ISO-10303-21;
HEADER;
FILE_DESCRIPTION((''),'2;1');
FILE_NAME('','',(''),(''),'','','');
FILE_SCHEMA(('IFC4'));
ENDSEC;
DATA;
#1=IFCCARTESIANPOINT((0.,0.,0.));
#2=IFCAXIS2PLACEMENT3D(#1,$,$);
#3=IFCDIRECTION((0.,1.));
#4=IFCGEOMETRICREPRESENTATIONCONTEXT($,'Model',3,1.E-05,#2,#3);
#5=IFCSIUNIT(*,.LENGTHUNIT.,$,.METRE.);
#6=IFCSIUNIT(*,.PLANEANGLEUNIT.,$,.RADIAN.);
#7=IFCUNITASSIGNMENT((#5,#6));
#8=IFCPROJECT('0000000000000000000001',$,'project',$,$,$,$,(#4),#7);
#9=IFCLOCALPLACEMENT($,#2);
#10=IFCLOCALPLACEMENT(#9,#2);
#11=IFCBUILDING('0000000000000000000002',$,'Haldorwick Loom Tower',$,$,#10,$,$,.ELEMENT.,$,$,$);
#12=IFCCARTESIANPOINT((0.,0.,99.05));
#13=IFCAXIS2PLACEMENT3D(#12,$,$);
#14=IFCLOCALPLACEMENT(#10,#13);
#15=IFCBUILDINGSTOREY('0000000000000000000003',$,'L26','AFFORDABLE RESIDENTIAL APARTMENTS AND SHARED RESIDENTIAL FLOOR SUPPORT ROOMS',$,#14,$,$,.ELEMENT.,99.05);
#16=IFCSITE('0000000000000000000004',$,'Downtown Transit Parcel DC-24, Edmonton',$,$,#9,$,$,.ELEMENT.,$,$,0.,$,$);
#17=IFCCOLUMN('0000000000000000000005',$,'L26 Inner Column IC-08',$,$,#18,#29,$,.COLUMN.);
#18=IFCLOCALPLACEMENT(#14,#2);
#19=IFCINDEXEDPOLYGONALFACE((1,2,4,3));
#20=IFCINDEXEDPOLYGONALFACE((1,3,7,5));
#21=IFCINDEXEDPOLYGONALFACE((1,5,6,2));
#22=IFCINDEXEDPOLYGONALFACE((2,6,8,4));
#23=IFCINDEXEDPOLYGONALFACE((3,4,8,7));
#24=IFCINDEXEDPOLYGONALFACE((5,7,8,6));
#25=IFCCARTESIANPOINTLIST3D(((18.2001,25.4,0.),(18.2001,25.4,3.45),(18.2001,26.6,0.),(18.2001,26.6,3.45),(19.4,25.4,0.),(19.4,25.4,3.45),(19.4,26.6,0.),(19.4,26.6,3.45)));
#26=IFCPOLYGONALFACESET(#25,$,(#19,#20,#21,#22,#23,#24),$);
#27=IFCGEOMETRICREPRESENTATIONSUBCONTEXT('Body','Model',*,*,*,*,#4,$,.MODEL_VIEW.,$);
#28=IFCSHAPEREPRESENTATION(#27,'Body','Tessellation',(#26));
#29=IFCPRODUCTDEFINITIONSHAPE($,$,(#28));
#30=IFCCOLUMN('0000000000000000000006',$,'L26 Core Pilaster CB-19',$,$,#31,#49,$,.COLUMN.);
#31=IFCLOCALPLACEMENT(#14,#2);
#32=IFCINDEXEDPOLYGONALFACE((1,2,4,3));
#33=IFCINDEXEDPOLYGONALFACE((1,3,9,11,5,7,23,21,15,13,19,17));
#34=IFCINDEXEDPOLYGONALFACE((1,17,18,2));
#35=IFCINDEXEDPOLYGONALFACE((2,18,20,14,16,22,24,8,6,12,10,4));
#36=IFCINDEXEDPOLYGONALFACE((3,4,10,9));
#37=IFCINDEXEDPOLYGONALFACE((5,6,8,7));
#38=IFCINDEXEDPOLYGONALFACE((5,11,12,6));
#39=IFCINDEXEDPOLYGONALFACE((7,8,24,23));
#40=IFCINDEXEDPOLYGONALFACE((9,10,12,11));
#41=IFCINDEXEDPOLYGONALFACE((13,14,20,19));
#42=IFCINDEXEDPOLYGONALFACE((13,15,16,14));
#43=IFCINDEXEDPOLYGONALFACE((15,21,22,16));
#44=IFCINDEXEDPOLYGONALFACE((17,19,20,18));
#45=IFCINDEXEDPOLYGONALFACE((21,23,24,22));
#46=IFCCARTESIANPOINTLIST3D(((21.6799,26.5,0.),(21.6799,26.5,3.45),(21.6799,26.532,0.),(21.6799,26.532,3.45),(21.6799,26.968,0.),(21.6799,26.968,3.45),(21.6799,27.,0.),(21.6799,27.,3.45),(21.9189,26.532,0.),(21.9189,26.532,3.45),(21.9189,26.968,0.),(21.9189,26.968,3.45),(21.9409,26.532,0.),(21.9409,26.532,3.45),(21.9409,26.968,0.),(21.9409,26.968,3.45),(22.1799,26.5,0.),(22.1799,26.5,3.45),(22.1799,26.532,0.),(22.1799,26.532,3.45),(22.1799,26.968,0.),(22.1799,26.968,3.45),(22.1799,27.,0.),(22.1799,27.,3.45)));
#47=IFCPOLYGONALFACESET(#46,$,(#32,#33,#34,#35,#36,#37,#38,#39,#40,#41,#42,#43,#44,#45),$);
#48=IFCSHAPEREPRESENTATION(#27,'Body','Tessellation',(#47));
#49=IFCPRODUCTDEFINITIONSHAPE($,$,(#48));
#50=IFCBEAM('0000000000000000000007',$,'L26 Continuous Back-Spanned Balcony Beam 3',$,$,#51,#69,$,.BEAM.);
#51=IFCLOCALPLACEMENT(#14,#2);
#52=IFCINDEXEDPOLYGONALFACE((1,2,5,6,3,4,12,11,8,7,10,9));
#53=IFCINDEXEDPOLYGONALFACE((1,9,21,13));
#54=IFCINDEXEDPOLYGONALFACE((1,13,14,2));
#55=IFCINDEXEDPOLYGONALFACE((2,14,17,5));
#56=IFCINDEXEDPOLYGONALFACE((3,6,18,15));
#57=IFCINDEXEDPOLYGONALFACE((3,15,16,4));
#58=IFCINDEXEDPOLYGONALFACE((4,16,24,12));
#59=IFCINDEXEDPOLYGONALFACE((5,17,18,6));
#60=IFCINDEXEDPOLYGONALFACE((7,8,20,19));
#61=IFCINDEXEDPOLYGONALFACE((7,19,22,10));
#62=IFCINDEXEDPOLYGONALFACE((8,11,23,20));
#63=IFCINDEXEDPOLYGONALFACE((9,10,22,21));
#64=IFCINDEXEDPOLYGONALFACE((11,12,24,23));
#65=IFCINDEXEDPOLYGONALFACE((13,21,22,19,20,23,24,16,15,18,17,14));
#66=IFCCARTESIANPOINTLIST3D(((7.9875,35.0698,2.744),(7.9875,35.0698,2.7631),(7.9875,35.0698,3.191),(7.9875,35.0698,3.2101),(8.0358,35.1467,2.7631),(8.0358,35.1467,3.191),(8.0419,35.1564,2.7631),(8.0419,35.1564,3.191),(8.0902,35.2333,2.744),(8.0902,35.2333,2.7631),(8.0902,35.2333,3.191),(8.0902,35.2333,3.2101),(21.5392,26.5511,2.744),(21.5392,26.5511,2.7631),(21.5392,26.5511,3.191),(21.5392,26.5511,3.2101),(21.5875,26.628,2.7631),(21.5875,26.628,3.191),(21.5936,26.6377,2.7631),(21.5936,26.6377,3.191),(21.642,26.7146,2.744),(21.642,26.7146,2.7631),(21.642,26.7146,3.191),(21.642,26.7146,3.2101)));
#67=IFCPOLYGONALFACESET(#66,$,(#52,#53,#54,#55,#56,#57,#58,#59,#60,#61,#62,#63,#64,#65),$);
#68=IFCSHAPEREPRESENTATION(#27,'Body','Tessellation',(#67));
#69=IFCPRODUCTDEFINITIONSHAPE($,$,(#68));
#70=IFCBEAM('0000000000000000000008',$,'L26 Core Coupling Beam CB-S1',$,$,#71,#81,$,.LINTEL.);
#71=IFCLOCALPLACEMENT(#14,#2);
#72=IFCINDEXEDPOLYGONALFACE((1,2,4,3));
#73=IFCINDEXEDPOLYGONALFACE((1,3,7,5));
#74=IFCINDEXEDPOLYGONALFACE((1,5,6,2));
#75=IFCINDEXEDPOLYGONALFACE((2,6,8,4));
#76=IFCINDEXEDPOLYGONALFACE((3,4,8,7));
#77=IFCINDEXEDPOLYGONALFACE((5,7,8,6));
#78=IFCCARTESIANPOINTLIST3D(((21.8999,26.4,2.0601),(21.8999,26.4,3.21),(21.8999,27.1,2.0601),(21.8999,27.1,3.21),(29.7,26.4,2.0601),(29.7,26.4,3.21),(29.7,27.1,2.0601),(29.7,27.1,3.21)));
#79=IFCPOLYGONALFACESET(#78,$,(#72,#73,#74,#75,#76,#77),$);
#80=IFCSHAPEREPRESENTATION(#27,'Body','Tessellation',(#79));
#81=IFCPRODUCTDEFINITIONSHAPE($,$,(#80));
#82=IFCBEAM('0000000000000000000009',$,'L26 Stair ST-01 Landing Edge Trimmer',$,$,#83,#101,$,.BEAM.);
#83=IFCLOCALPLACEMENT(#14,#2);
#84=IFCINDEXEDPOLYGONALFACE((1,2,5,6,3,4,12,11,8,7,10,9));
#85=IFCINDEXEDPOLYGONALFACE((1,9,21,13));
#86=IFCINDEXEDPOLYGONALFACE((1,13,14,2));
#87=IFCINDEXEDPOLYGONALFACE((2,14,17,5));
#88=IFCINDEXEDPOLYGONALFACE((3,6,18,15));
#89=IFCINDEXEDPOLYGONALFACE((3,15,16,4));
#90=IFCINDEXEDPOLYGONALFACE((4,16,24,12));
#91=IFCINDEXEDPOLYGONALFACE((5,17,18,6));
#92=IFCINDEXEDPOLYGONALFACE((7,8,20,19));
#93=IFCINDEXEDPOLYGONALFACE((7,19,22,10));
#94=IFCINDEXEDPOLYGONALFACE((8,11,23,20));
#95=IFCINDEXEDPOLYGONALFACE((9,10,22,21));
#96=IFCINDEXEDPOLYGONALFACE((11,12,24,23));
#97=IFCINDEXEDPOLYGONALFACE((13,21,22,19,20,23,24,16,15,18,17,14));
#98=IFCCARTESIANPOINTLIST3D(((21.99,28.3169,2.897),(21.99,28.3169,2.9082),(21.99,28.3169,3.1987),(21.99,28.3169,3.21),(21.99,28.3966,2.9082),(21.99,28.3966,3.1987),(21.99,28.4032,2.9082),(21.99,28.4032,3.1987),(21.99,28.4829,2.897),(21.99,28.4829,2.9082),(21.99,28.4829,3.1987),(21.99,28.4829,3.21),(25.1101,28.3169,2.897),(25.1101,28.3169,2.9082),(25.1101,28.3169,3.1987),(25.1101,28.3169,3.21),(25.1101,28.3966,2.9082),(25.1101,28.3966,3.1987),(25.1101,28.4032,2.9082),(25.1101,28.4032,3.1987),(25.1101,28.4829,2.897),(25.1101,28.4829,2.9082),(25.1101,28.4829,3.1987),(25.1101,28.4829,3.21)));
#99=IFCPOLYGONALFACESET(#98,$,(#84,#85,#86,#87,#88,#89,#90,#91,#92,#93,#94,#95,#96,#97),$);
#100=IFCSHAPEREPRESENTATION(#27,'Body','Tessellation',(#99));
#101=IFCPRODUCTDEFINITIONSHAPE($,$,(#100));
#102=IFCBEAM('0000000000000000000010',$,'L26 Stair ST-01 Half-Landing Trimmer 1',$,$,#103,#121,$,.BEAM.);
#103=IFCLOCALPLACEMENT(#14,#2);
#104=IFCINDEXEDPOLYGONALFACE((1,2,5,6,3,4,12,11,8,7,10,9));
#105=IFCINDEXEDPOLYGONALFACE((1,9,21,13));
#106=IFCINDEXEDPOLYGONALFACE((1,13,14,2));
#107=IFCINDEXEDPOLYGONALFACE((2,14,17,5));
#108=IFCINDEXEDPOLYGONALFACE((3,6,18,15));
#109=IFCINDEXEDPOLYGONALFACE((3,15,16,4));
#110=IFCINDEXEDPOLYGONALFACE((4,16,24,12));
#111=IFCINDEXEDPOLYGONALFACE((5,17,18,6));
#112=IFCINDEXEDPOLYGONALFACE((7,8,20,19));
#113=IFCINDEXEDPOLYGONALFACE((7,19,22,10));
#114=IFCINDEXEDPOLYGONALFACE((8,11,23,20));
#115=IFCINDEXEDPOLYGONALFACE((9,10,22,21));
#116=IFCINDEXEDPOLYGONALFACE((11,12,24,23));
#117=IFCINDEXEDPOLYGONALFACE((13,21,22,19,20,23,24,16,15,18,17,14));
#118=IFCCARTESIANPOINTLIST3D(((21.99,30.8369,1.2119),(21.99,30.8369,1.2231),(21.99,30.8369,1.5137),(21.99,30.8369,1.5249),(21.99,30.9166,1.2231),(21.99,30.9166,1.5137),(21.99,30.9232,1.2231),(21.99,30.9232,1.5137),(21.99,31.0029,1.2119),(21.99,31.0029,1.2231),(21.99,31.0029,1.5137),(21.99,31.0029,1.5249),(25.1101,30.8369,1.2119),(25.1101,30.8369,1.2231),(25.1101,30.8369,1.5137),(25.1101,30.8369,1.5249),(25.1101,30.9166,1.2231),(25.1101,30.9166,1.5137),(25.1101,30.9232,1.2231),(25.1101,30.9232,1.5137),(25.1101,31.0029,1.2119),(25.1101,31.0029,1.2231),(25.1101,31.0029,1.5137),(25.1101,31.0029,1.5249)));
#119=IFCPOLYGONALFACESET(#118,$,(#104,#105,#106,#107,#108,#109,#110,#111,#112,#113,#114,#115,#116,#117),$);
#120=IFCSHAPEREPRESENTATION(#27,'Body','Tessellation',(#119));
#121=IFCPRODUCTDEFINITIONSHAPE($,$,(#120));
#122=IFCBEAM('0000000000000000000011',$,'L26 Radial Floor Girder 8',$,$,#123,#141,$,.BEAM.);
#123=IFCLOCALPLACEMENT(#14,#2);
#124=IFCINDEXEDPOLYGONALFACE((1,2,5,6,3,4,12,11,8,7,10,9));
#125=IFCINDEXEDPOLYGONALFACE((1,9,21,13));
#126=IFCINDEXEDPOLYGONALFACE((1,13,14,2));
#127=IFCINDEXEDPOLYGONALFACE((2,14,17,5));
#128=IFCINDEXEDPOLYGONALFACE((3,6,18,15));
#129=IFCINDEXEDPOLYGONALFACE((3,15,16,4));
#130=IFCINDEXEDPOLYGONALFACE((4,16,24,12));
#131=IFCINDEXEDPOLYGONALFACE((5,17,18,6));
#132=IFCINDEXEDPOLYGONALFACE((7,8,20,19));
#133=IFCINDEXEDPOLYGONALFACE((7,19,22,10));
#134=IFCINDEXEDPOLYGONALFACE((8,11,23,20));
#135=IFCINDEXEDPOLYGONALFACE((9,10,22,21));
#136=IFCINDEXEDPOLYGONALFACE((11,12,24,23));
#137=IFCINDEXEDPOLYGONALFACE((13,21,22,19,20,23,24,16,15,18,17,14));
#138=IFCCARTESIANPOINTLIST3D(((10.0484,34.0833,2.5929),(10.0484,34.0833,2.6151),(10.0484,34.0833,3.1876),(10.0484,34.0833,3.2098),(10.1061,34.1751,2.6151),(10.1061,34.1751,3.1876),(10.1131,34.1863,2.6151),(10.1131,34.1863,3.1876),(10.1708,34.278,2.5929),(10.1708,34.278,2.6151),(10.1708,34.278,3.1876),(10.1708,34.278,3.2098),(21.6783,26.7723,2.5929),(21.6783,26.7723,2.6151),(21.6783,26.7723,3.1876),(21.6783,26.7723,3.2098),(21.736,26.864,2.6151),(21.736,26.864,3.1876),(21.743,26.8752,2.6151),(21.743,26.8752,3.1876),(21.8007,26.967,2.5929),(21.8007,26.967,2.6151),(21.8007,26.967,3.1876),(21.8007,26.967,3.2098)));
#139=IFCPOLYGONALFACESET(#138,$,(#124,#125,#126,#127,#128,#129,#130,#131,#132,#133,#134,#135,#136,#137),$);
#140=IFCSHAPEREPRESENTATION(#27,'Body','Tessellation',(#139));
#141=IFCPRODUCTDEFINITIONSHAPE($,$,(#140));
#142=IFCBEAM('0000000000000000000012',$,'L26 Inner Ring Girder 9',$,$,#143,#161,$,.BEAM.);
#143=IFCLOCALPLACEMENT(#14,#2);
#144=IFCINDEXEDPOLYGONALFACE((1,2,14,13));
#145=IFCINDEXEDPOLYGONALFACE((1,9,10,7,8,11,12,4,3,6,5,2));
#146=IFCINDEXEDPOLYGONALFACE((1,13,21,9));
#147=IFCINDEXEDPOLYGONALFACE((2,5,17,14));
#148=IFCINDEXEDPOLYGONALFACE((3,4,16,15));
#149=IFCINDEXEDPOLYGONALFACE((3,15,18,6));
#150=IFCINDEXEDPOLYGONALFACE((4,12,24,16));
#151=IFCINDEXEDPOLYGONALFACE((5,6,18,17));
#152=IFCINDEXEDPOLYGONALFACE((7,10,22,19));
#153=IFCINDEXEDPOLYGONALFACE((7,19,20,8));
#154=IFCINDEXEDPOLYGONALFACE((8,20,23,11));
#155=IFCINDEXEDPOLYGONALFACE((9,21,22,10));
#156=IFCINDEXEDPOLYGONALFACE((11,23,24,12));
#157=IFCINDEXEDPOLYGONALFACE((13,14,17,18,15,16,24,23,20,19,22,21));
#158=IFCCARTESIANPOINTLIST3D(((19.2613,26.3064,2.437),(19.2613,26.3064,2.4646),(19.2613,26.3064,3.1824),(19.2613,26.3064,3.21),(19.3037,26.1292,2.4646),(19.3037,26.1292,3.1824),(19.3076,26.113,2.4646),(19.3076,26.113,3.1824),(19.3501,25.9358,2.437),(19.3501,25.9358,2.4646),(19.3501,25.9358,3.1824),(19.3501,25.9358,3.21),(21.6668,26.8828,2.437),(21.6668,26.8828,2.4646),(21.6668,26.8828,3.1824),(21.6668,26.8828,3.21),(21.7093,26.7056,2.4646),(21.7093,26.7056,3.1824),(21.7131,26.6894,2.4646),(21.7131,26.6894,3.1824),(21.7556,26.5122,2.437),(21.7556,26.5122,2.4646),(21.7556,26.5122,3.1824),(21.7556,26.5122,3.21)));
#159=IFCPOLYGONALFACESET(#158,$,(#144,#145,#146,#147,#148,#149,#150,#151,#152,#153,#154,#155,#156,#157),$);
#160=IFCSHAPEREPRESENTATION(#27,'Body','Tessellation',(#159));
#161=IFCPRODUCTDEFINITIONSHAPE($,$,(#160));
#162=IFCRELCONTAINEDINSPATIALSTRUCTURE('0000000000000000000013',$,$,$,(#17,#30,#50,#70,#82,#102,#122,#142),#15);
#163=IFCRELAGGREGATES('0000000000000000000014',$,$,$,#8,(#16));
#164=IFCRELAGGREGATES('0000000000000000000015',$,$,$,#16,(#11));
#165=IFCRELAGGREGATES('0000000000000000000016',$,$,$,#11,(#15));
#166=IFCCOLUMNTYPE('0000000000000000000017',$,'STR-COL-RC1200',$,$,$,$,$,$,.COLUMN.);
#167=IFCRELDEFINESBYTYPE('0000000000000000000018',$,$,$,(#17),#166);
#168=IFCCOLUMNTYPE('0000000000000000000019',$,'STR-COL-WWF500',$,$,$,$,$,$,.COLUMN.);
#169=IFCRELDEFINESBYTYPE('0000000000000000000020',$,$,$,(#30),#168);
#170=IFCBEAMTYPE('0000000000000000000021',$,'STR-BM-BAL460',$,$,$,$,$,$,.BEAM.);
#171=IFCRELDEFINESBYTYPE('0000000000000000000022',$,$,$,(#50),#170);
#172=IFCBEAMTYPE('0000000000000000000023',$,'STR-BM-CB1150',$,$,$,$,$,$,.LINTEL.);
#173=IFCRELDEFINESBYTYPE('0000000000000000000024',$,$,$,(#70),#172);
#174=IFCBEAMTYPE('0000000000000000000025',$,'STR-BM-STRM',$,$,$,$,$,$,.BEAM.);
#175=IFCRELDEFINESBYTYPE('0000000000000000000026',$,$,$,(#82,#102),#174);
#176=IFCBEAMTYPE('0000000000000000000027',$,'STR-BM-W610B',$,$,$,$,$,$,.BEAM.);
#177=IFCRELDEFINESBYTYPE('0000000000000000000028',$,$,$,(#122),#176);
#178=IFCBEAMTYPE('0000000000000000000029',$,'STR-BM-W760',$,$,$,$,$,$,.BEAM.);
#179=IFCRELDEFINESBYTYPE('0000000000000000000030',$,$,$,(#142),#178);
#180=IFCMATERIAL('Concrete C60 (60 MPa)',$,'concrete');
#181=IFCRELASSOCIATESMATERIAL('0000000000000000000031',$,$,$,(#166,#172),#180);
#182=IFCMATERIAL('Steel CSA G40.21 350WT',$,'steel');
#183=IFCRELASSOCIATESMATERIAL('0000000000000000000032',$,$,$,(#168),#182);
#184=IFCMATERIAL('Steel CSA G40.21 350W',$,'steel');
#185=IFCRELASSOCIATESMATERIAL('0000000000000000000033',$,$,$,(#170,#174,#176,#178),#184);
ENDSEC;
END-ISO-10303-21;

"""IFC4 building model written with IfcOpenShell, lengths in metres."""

from ifc_helpers import new_model, si_unit, direction, frame, origin, origin_2d, place, context, subcontext, project, spatial, rectangle, i_section, extrude, material, material_profile, profile_set, type_object, element, save


model = new_model("IFC4")

# Units and contexts
model_context = context("Model", 3, precision=1e-05, world=origin(), true_north=direction((0.0, 1.0)))
body_context = subcontext(model_context, "Body", "Model", "MODEL_VIEW")
ifc_project = project(units=[si_unit("LENGTHUNIT", "METRE"), si_unit("PLANEANGLEUNIT", "RADIAN")], contexts=[model_context])

# Site, building, storey
site_placement = place(None, origin())
site = spatial("IfcSite", under=ifc_project, at=site_placement, Name="Downtown Transit Parcel DC-24, Edmonton", CompositionType="ELEMENT", RefElevation=0.0)
building_placement = place(site_placement, origin())
building = spatial("IfcBuilding", under=site, at=building_placement, Name="Haldorwick Loom Tower", CompositionType="ELEMENT")
storey_placement = place(building_placement, frame((0.0, 0.0, 99.05)))
storey = spatial("IfcBuildingStorey", under=building, at=storey_placement, Name="L26", Description="AFFORDABLE RESIDENTIAL APARTMENTS AND SHARED RESIDENTIAL FLOOR SUPPORT ROOMS", CompositionType="ELEMENT", Elevation=99.05)

# Columns
ifc_material_1 = material(Name="Concrete C60 (60 MPa)", Category="concrete")
ifc_material_profile_1 = material_profile(ifc_material_1, rectangle(XDim=1.2, YDim=1.2, at=origin_2d()), Name="RC1200X1200", Category="concrete")
ifc_profile_set_1 = profile_set([ifc_material_profile_1], Name="Concrete C60 (60 MPa)")
column_type_1 = type_object("IfcColumnType", Name="STR-COL-RC1200", PredefinedType="COLUMN", material=ifc_profile_set_1)
column_1_placement = place(storey_placement, frame((18.8, 26.0, 0.0), z_axis=(0.0, 0.0, 1.0), x_axis=(1.0, 0.0, 0.0)))
element("IfcColumn", 1, at=column_1_placement, inside=storey, type_object=column_type_1, Name="L26 Inner Column IC-08", PredefinedType="COLUMN", context=body_context, shape_type="SweptSolid", body=[
    extrude(rectangle(XDim=1.2, YDim=1.2, at=origin_2d()), origin(), (0.0, 0.0, 1.0), 3.45),
])
ifc_material_2 = material(Name="Steel CSA G40.21 350WT", Category="steel")
ifc_material_profile_2 = material_profile(ifc_material_2, i_section(OverallWidth=0.5, OverallDepth=0.5, WebThickness=0.022, FlangeThickness=0.032, at=origin_2d()), Name="WWF500X500", Category="steel")
ifc_profile_set_2 = profile_set([ifc_material_profile_2], Name="Steel CSA G40.21 350WT")
column_type_2 = type_object("IfcColumnType", Name="STR-COL-WWF500", PredefinedType="COLUMN", material=ifc_profile_set_2)
column_2_placement = place(storey_placement, frame((21.9299, 26.75, 0.0), z_axis=(0.0, 0.0, 1.0), x_axis=(1.0, 0.0, 0.0)))
element("IfcColumn", 2, at=column_2_placement, inside=storey, type_object=column_type_2, Name="L26 Core Pilaster CB-19", PredefinedType="COLUMN", context=body_context, shape_type="SweptSolid", body=[
    extrude(i_section(OverallWidth=0.5, OverallDepth=0.5, WebThickness=0.022, FlangeThickness=0.032, at=origin_2d()), origin(), (0.0, 0.0, 1.0), 3.45),
])

# Beams
ifc_material_3 = material(Name="Steel CSA G40.21 350W", Category="steel")
ifc_material_profile_3 = material_profile(ifc_material_3, i_section(OverallWidth=0.1931, OverallDepth=0.4661, WebThickness=0.0115, FlangeThickness=0.019, at=origin_2d()), Name="W460X97", Category="steel")
ifc_profile_set_3 = profile_set([ifc_material_profile_3], Name="Steel CSA G40.21 350W")
beam_type_1 = type_object("IfcBeamType", Name="STR-BM-BAL460", PredefinedType="BEAM", material=ifc_profile_set_3)
beam_1_placement = place(storey_placement, frame((21.5906, 26.6328, 2.9771), z_axis=(-0.846621, 0.532196, 0.0), x_axis=(-0.532196, -0.846621, 0.0)))
element("IfcBeam", 3, at=beam_1_placement, inside=storey, type_object=beam_type_1, Name="L26 Continuous Back-Spanned Balcony Beam 3", PredefinedType="BEAM", context=body_context, shape_type="SweptSolid", body=[
    extrude(i_section(OverallWidth=0.1931, OverallDepth=0.4661, WebThickness=0.0115, FlangeThickness=0.019, at=origin_2d()), origin(), (0.0, 0.0, 1.0), 16.0068),
])
ifc_material_profile_4 = material_profile(ifc_material_1, rectangle(XDim=0.7, YDim=1.1499, at=origin_2d()), Name="RC700X1150", Category="concrete")
ifc_profile_set_4 = profile_set([ifc_material_profile_4], Name="Concrete C60 (60 MPa)")
beam_type_2 = type_object("IfcBeamType", Name="STR-BM-CB1150", PredefinedType="LINTEL", material=ifc_profile_set_4)
beam_2_placement = place(storey_placement, frame((21.8999, 26.75, 2.635), z_axis=(1.0, 0.0, 0.0), x_axis=(0.0, 1.0, 0.0)))
element("IfcBeam", 4, at=beam_2_placement, inside=storey, type_object=beam_type_2, Name="L26 Core Coupling Beam CB-S1", PredefinedType="LINTEL", context=body_context, shape_type="SweptSolid", body=[
    extrude(rectangle(XDim=0.7, YDim=1.1499, at=origin_2d()), origin(), (0.0, 0.0, 1.0), 7.8),
])
ifc_material_profile_5 = material_profile(ifc_material_3, i_section(OverallWidth=0.166, OverallDepth=0.313, WebThickness=0.0066, FlangeThickness=0.0112, at=origin_2d()), Name="W310X45", Category="steel")
ifc_profile_set_5 = profile_set([ifc_material_profile_5], Name="Steel CSA G40.21 350W")
beam_type_3 = type_object("IfcBeamType", Name="STR-BM-STRM", PredefinedType="BEAM", material=ifc_profile_set_5)
for number, where, z_axis, x_axis, name in (
    (5, (21.99, 28.3999, 3.0535), (1.0, 0.0, 0.0), (0.0, 1.0, 0.0), "L26 Stair ST-01 Landing Edge Trimmer"),
    (6, (21.99, 30.9199, 1.3684), (1.0, 0.0, 0.0), (0.0, 1.0, 0.0), "L26 Stair ST-01 Half-Landing Trimmer 1"),
):
    element("IfcBeam", number, at=place(storey_placement, frame(where, z_axis=z_axis, x_axis=x_axis)), inside=storey, type_object=beam_type_3, Name=name, PredefinedType="BEAM", context=body_context, shape_type="SweptSolid", body=[
        extrude(i_section(OverallWidth=0.166, OverallDepth=0.313, WebThickness=0.0066, FlangeThickness=0.0112, at=origin_2d()), origin(), (0.0, 0.0, 1.0), 3.1201),
    ])
ifc_material_profile_6 = material_profile(ifc_material_3, i_section(OverallWidth=0.23, OverallDepth=0.6169, WebThickness=0.0132, FlangeThickness=0.0222, at=origin_2d()), Name="W610X140", Category="steel")
ifc_profile_set_6 = profile_set([ifc_material_profile_6], Name="Steel CSA G40.21 350W")
beam_type_4 = type_object("IfcBeamType", Name="STR-BM-W610B", PredefinedType="BEAM", material=ifc_profile_set_6)
beam_3_placement = place(storey_placement, frame((21.7395, 26.8696, 2.9014), z_axis=(-0.84661, 0.532214, 0.0), x_axis=(-0.532214, -0.84661, 0.0)))
element("IfcBeam", 7, at=beam_3_placement, inside=storey, type_object=beam_type_4, Name="L26 Radial Floor Girder 8", PredefinedType="BEAM", context=body_context, shape_type="SweptSolid", body=[
    extrude(i_section(OverallWidth=0.23, OverallDepth=0.6169, WebThickness=0.0132, FlangeThickness=0.0222, at=origin_2d()), origin(), (0.0, 0.0, 1.0), 13.7371),
])
ifc_material_profile_7 = material_profile(ifc_material_3, i_section(OverallWidth=0.3811, OverallDepth=0.7729, WebThickness=0.0166, FlangeThickness=0.0276, at=origin_2d()), Name="W760X257", Category="steel")
ifc_profile_set_7 = profile_set([ifc_material_profile_7], Name="Steel CSA G40.21 350W")
beam_type_5 = type_object("IfcBeamType", Name="STR-BM-W760", PredefinedType="BEAM", material=ifc_profile_set_7)
beam_4_placement = place(storey_placement, frame((19.3057, 26.1211, 2.8235), z_axis=(0.972471, 0.233026, 0.0), x_axis=(-0.233026, 0.972471, 0.0)))
element("IfcBeam", 8, at=beam_4_placement, inside=storey, type_object=beam_type_5, Name="L26 Inner Ring Girder 9", PredefinedType="BEAM", context=body_context, shape_type="SweptSolid", body=[
    extrude(i_section(OverallWidth=0.3811, OverallDepth=0.7729, WebThickness=0.0166, FlangeThickness=0.0276, at=origin_2d()), origin(), (0.0, 0.0, 1.0), 2.4736),
])

save(model, "model.ifc")
